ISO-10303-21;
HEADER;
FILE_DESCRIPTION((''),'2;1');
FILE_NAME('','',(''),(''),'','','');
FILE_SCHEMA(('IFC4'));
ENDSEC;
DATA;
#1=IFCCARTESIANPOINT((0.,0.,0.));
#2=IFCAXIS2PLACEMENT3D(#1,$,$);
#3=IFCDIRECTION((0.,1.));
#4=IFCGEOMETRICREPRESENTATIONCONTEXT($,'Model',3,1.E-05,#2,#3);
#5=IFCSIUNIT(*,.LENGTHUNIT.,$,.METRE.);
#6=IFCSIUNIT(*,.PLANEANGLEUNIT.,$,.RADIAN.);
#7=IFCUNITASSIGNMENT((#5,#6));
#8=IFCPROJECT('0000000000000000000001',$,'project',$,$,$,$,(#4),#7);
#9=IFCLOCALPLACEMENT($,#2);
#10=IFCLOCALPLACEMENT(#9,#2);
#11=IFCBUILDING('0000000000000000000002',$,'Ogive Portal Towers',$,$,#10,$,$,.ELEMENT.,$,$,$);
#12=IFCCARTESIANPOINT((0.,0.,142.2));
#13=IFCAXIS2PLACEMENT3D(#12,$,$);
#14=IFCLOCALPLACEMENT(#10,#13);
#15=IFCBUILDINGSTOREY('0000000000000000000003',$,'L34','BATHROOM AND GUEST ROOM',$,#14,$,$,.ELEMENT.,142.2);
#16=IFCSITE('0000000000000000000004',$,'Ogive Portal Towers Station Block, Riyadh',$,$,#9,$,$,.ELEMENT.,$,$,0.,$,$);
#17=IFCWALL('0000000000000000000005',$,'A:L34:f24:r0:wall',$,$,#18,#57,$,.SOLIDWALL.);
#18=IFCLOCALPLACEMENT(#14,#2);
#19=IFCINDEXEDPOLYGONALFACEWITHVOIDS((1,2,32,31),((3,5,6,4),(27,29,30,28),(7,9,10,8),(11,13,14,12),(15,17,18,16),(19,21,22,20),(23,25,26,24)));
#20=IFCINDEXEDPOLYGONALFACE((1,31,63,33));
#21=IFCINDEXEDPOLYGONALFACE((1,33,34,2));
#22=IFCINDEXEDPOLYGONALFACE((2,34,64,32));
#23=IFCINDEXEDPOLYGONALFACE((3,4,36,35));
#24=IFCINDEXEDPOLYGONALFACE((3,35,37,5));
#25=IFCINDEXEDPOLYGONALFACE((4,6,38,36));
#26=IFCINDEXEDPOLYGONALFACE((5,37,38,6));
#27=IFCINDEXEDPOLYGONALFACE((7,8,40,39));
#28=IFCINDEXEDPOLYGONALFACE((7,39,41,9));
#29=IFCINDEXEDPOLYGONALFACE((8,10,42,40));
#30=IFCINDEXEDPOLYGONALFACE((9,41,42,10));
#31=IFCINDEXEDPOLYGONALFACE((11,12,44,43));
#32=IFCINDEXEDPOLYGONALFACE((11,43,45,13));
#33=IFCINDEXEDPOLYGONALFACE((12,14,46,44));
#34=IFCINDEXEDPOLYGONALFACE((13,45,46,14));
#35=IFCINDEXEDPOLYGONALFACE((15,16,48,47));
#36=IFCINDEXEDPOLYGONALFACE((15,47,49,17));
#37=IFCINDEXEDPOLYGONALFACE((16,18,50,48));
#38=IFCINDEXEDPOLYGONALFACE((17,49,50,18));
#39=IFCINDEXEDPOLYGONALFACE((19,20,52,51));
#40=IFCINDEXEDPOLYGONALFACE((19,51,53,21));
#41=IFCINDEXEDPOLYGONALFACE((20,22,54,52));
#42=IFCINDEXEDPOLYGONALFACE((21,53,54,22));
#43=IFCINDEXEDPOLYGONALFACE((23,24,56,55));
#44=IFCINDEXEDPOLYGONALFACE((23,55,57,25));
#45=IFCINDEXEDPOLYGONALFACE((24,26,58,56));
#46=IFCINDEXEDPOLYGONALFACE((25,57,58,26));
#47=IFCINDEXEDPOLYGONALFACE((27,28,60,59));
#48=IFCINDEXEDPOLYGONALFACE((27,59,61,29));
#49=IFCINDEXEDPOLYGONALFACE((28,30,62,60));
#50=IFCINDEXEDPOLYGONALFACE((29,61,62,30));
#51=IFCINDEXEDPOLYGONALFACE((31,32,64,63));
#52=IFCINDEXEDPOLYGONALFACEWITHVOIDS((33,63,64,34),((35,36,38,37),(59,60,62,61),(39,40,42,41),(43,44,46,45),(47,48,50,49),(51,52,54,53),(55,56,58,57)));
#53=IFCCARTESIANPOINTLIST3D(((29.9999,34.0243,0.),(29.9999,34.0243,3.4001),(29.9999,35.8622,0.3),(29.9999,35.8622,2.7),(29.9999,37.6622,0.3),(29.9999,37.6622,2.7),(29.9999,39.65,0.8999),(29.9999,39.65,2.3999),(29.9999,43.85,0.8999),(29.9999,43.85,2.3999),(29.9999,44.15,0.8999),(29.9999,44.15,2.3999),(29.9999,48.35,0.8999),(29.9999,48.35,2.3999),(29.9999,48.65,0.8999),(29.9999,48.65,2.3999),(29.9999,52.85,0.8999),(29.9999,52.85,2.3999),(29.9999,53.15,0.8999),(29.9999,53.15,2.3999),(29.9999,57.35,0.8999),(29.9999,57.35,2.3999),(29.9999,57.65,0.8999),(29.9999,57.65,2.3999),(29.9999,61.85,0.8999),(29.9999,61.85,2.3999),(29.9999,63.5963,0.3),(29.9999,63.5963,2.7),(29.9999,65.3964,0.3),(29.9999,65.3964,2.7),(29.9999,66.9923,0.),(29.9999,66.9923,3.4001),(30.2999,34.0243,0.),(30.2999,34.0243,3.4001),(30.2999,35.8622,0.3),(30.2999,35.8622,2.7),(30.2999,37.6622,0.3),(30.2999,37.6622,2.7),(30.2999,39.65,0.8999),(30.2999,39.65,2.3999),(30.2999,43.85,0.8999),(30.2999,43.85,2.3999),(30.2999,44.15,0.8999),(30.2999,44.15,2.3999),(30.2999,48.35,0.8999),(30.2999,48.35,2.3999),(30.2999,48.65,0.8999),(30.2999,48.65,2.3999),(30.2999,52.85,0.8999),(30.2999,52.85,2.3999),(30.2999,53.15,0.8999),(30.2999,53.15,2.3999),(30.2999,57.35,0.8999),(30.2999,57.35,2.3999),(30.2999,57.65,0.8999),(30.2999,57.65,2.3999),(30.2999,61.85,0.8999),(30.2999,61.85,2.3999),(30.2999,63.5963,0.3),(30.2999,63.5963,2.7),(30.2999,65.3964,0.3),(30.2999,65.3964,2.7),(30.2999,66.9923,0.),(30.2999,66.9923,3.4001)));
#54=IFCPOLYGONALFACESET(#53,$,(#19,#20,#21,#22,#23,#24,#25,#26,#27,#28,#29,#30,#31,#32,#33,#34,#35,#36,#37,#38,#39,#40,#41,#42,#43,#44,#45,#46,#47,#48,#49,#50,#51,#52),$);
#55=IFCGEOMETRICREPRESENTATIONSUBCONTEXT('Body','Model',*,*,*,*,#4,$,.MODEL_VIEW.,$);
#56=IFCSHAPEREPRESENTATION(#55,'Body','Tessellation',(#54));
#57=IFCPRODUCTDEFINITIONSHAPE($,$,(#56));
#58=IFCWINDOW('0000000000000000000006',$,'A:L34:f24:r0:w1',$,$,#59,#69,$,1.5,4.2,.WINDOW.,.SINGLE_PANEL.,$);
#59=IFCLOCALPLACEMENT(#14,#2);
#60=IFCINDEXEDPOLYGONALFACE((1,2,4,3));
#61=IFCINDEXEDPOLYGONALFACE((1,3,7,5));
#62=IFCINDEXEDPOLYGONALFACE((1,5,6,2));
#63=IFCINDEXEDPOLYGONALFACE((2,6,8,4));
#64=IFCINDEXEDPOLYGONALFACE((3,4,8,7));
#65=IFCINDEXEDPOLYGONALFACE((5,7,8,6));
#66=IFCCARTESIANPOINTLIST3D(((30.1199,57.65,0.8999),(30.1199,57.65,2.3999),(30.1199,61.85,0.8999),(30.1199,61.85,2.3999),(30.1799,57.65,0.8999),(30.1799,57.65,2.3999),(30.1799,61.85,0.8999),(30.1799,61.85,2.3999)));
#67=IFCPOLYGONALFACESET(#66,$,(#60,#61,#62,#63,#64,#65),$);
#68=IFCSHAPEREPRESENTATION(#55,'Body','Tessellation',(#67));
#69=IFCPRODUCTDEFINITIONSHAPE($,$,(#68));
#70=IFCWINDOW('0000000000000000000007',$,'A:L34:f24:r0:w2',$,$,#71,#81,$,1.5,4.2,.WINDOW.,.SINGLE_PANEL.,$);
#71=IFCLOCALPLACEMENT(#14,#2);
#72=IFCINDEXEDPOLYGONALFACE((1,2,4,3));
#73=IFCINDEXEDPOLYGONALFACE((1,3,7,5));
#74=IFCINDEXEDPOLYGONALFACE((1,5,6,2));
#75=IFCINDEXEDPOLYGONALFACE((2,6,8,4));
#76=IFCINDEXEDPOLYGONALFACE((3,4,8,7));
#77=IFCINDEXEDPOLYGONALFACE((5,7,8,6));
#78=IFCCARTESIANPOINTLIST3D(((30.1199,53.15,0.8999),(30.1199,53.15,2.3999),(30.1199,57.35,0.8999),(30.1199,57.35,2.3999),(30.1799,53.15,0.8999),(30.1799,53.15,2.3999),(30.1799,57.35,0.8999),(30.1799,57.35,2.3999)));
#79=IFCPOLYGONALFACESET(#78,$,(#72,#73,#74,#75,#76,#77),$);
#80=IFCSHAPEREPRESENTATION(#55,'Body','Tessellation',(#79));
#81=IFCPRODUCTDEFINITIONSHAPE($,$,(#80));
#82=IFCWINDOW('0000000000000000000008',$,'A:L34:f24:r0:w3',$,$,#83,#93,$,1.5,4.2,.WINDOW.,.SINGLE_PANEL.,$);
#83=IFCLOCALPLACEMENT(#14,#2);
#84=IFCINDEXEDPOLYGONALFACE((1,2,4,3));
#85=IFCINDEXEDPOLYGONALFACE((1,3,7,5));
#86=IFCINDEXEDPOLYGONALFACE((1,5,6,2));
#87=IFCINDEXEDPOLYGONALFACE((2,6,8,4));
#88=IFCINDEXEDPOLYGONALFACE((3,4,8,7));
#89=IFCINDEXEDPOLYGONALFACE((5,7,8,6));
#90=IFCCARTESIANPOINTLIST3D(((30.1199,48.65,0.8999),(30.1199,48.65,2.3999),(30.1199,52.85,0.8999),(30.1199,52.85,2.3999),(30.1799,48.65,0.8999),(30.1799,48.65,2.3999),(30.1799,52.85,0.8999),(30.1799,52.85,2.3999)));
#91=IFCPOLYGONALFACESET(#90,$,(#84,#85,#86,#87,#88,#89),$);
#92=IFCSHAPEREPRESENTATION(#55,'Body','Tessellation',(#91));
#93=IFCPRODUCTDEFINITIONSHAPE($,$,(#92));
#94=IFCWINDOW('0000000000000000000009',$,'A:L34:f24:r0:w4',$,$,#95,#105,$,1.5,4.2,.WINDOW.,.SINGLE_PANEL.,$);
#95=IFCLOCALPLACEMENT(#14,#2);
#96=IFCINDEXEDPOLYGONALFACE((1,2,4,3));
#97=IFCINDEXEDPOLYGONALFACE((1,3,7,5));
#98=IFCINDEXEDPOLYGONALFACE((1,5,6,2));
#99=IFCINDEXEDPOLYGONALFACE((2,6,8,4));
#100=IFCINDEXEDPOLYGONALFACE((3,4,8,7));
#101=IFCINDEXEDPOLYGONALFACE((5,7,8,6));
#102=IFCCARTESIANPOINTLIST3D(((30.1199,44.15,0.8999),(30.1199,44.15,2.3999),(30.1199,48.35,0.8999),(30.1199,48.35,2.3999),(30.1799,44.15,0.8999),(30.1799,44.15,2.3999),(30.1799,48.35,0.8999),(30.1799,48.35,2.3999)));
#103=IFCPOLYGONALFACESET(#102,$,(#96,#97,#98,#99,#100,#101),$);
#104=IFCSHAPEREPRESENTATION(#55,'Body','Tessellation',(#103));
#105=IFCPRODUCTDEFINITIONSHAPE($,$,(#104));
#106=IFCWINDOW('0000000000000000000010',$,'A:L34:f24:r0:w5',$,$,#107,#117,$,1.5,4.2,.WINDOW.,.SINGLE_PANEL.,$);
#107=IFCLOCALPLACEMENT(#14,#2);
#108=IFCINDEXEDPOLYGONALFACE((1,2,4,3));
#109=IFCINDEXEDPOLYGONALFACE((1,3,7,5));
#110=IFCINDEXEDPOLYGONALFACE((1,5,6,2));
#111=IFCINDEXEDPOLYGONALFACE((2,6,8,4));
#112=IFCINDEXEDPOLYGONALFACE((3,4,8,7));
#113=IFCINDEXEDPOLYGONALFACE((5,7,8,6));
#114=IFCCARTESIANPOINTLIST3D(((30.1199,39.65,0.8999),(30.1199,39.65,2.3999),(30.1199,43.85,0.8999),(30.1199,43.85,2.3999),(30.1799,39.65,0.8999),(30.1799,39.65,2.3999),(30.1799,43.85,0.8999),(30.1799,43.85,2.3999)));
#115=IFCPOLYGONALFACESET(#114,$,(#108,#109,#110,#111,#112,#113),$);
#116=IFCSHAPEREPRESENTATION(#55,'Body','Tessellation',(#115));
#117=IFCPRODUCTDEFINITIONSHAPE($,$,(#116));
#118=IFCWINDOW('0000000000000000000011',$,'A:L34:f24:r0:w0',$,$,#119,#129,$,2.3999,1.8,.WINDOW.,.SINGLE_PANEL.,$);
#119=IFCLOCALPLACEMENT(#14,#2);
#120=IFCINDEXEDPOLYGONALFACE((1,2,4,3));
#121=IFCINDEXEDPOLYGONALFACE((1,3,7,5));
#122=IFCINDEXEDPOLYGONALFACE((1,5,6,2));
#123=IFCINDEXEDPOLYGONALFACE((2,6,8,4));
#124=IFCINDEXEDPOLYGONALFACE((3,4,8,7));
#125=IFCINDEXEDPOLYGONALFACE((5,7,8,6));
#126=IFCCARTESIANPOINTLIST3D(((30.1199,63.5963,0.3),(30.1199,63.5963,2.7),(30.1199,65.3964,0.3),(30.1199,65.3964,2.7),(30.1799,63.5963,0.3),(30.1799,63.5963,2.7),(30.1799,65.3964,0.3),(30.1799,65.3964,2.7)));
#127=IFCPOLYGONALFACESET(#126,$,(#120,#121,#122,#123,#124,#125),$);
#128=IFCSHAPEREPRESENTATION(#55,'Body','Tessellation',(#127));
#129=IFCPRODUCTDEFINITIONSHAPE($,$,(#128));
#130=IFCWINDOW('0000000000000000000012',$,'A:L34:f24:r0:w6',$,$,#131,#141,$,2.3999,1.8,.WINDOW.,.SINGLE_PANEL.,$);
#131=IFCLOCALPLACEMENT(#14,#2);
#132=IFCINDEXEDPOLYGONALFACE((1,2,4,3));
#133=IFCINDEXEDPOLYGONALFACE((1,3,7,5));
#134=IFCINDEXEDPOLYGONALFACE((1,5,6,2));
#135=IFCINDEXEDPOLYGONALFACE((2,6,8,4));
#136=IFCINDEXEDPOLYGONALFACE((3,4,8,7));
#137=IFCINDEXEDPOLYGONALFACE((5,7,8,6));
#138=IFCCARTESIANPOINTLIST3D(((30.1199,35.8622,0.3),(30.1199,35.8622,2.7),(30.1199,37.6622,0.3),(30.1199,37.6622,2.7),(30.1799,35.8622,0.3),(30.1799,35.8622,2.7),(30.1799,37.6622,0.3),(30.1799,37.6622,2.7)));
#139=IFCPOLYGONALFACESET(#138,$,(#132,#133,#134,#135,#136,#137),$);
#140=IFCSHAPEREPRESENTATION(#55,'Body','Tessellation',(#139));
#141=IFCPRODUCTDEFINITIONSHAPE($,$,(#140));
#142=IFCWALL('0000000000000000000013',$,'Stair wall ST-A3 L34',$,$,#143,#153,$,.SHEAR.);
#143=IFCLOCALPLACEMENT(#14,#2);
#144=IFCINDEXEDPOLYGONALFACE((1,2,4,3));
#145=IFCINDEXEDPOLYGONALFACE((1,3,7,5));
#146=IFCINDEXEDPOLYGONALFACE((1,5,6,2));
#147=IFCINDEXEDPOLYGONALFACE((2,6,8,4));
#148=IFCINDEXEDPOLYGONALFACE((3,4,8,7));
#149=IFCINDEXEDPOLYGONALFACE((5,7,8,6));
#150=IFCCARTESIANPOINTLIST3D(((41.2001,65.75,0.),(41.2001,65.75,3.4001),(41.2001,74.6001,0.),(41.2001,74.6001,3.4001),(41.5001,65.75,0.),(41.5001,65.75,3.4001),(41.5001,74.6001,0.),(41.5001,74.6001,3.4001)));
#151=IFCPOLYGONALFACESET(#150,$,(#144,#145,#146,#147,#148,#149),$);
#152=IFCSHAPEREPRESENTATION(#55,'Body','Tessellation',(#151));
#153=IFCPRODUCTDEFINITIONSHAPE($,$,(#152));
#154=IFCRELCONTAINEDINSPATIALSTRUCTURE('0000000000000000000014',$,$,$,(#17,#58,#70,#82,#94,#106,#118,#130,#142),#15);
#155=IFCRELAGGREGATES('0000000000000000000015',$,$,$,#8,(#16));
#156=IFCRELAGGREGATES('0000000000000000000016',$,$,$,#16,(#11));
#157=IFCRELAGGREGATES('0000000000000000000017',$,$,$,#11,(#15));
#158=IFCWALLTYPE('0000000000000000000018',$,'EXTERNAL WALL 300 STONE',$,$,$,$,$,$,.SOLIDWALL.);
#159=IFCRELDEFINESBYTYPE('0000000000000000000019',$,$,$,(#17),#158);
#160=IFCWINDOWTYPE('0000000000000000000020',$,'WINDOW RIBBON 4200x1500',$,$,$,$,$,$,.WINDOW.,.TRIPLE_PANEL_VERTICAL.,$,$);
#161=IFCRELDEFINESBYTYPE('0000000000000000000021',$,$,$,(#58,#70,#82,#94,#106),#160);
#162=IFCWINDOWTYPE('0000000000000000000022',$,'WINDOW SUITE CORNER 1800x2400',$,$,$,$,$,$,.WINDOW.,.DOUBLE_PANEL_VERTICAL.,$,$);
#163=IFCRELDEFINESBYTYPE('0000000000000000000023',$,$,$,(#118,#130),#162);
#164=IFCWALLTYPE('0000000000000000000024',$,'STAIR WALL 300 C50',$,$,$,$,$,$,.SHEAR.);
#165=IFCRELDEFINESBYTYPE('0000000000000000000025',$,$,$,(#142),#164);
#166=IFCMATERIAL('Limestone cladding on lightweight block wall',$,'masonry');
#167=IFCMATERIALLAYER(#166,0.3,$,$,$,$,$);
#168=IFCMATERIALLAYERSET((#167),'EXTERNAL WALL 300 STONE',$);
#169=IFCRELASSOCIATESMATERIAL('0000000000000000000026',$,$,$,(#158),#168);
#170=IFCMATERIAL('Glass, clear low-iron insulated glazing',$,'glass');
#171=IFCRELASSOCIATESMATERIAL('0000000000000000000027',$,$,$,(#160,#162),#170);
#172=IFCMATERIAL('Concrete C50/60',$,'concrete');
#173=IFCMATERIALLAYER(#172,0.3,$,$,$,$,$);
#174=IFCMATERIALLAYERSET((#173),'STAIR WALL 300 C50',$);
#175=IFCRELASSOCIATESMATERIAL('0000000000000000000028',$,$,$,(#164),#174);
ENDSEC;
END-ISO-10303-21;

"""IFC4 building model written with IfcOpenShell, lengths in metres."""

from ifc_helpers import new_model, si_unit, direction, frame, frame_2d, origin, place, context, subcontext, project, spatial, rectangle, extrude, material, layer, layer_set, type_object, element, fill, save


model = new_model("IFC4")

# Units and contexts
model_context = context("Model", 3, precision=1e-05, world=origin(), true_north=direction((0.0, 1.0)))
body_context = subcontext(model_context, "Body", "Model", "MODEL_VIEW")
ifc_project = project(units=[si_unit("LENGTHUNIT", "METRE"), si_unit("PLANEANGLEUNIT", "RADIAN")], contexts=[model_context])

# Site, building, storey
site_placement = place(None, origin())
site = spatial("IfcSite", under=ifc_project, at=site_placement, Name="Ogive Portal Towers Station Block, Riyadh", CompositionType="ELEMENT", RefElevation=0.0)
building_placement = place(site_placement, origin())
building = spatial("IfcBuilding", under=site, at=building_placement, Name="Ogive Portal Towers", CompositionType="ELEMENT")
storey_placement = place(building_placement, frame((0.0, 0.0, 142.2)))
storey = spatial("IfcBuildingStorey", under=building, at=storey_placement, Name="L34", Description="BATHROOM AND GUEST ROOM", CompositionType="ELEMENT", Elevation=142.2)

# Shared definitions
ifc_material_1 = material(Name="Glass, clear low-iron insulated glazing", Category="glass")

# Wall, openings, windows
ifc_material_2 = material(Name="Limestone cladding on lightweight block wall", Category="masonry")
ifc_layer_1 = layer(ifc_material_2, 0.3)
ifc_layer_set_1 = layer_set([ifc_layer_1], Name="EXTERNAL WALL 300 STONE")
wall_type_1 = type_object("IfcWallType", Name="EXTERNAL WALL 300 STONE", PredefinedType="SOLIDWALL", material=ifc_layer_set_1)
wall_1_placement = place(storey_placement, frame((30.1499, 66.9922, 0.0), z_axis=(0.0, 0.0, 1.0), x_axis=(0.0, -1.0, 0.0)))
wall_1 = element("IfcWall", 1, at=wall_1_placement, inside=storey, type_object=wall_type_1, Name="A:L34:f24:r0:wall", PredefinedType="SOLIDWALL", context=body_context, shape_type="SweptSolid", body=[
    extrude(rectangle(XDim=32.968, YDim=0.3, at=frame_2d((16.4839, 0.0))), origin(), (0.0, 0.0, 1.0), 3.4001),
])
opening_1_placement = place(wall_1_placement, frame((1.5959, 0.0, 0.3)))
opening_1 = element("IfcOpeningElement", 2, at=opening_1_placement, cuts=wall_1, PredefinedType="OPENING", context=body_context, shape_type="SweptSolid", body=[
    extrude(rectangle(XDim=1.8, YDim=2.3999, at=frame_2d((0.8999, 1.2))), frame((0.0, 0.1602, 0.0), z_axis=(0.0, -1.0, 0.0), x_axis=(1.0, 0.0, 0.0)), (0.0, 0.0, 1.0), 0.3201),
])
opening_2_placement = place(wall_1_placement, frame((5.1421, 0.0, 0.8999)))
opening_2 = element("IfcOpeningElement", 3, at=opening_2_placement, cuts=wall_1, PredefinedType="OPENING", context=body_context, shape_type="SweptSolid", body=[
    extrude(rectangle(XDim=4.2, YDim=1.5, at=frame_2d((2.1001, 0.75))), frame((0.0, 0.1602, 0.0), z_axis=(0.0, -1.0, 0.0), x_axis=(1.0, 0.0, 0.0)), (0.0, 0.0, 1.0), 0.3201),
])
opening_3_placement = place(wall_1_placement, frame((9.6421, 0.0, 0.8999)))
opening_3 = element("IfcOpeningElement", 4, at=opening_3_placement, cuts=wall_1, PredefinedType="OPENING", context=body_context, shape_type="SweptSolid", body=[
    extrude(rectangle(XDim=4.2, YDim=1.5, at=frame_2d((2.1001, 0.75))), frame((0.0, 0.1602, 0.0), z_axis=(0.0, -1.0, 0.0), x_axis=(1.0, 0.0, 0.0)), (0.0, 0.0, 1.0), 0.3201),
])
opening_4_placement = place(wall_1_placement, frame((14.1421, 0.0, 0.8999)))
opening_4 = element("IfcOpeningElement", 5, at=opening_4_placement, cuts=wall_1, PredefinedType="OPENING", context=body_context, shape_type="SweptSolid", body=[
    extrude(rectangle(XDim=4.2, YDim=1.5, at=frame_2d((2.1001, 0.75))), frame((0.0, 0.1602, 0.0), z_axis=(0.0, -1.0, 0.0), x_axis=(1.0, 0.0, 0.0)), (0.0, 0.0, 1.0), 0.3201),
])
opening_5_placement = place(wall_1_placement, frame((18.6421, 0.0, 0.8999)))
opening_5 = element("IfcOpeningElement", 6, at=opening_5_placement, cuts=wall_1, PredefinedType="OPENING", context=body_context, shape_type="SweptSolid", body=[
    extrude(rectangle(XDim=4.2, YDim=1.5, at=frame_2d((2.1001, 0.75))), frame((0.0, 0.1602, 0.0), z_axis=(0.0, -1.0, 0.0), x_axis=(1.0, 0.0, 0.0)), (0.0, 0.0, 1.0), 0.3201),
])
opening_6_placement = place(wall_1_placement, frame((23.1421, 0.0, 0.8999)))
opening_6 = element("IfcOpeningElement", 7, at=opening_6_placement, cuts=wall_1, PredefinedType="OPENING", context=body_context, shape_type="SweptSolid", body=[
    extrude(rectangle(XDim=4.2, YDim=1.5, at=frame_2d((2.1001, 0.75))), frame((0.0, 0.1602, 0.0), z_axis=(0.0, -1.0, 0.0), x_axis=(1.0, 0.0, 0.0)), (0.0, 0.0, 1.0), 0.3201),
])
opening_7_placement = place(wall_1_placement, frame((29.3301, 0.0, 0.3)))
opening_7 = element("IfcOpeningElement", 8, at=opening_7_placement, cuts=wall_1, PredefinedType="OPENING", context=body_context, shape_type="SweptSolid", body=[
    extrude(rectangle(XDim=1.8, YDim=2.3999, at=frame_2d((0.8999, 1.2))), frame((0.0, 0.1602, 0.0), z_axis=(0.0, -1.0, 0.0), x_axis=(1.0, 0.0, 0.0)), (0.0, 0.0, 1.0), 0.3201),
])
window_type_1 = type_object("IfcWindowType", Name="WINDOW RIBBON 4200x1500", PartitioningType="TRIPLE_PANEL_VERTICAL", PredefinedType="WINDOW", material=ifc_material_1)
window_1_placement = place(opening_2_placement, origin())
window_1 = element("IfcWindow", 9, at=window_1_placement, inside=storey, type_object=window_type_1, Name="A:L34:f24:r0:w1", OverallHeight=1.5, OverallWidth=4.2, PartitioningType="SINGLE_PANEL", PredefinedType="WINDOW", context=body_context, shape_type="SweptSolid", body=[
    extrude(rectangle(XDim=4.2, YDim=1.5, at=frame_2d((2.1001, 0.75))), frame((0.0, 0.03, 0.0), z_axis=(0.0, -1.0, 0.0), x_axis=(1.0, 0.0, 0.0)), (0.0, 0.0, 1.0), 0.0601),
])
fill(opening_2, window_1)
window_2_placement = place(opening_3_placement, origin())
window_2 = element("IfcWindow", 10, at=window_2_placement, inside=storey, type_object=window_type_1, Name="A:L34:f24:r0:w2", OverallHeight=1.5, OverallWidth=4.2, PartitioningType="SINGLE_PANEL", PredefinedType="WINDOW", context=body_context, shape_type="SweptSolid", body=[
    extrude(rectangle(XDim=4.2, YDim=1.5, at=frame_2d((2.1001, 0.75))), frame((0.0, 0.03, 0.0), z_axis=(0.0, -1.0, 0.0), x_axis=(1.0, 0.0, 0.0)), (0.0, 0.0, 1.0), 0.0601),
])
fill(opening_3, window_2)
window_3_placement = place(opening_4_placement, origin())
window_3 = element("IfcWindow", 11, at=window_3_placement, inside=storey, type_object=window_type_1, Name="A:L34:f24:r0:w3", OverallHeight=1.5, OverallWidth=4.2, PartitioningType="SINGLE_PANEL", PredefinedType="WINDOW", context=body_context, shape_type="SweptSolid", body=[
    extrude(rectangle(XDim=4.2, YDim=1.5, at=frame_2d((2.1001, 0.75))), frame((0.0, 0.03, 0.0), z_axis=(0.0, -1.0, 0.0), x_axis=(1.0, 0.0, 0.0)), (0.0, 0.0, 1.0), 0.0601),
])
fill(opening_4, window_3)
window_4_placement = place(opening_5_placement, origin())
window_4 = element("IfcWindow", 12, at=window_4_placement, inside=storey, type_object=window_type_1, Name="A:L34:f24:r0:w4", OverallHeight=1.5, OverallWidth=4.2, PartitioningType="SINGLE_PANEL", PredefinedType="WINDOW", context=body_context, shape_type="SweptSolid", body=[
    extrude(rectangle(XDim=4.2, YDim=1.5, at=frame_2d((2.1001, 0.75))), frame((0.0, 0.03, 0.0), z_axis=(0.0, -1.0, 0.0), x_axis=(1.0, 0.0, 0.0)), (0.0, 0.0, 1.0), 0.0601),
])
fill(opening_5, window_4)
window_5_placement = place(opening_6_placement, origin())
window_5 = element("IfcWindow", 13, at=window_5_placement, inside=storey, type_object=window_type_1, Name="A:L34:f24:r0:w5", OverallHeight=1.5, OverallWidth=4.2, PartitioningType="SINGLE_PANEL", PredefinedType="WINDOW", context=body_context, shape_type="SweptSolid", body=[
    extrude(rectangle(XDim=4.2, YDim=1.5, at=frame_2d((2.1001, 0.75))), frame((0.0, 0.03, 0.0), z_axis=(0.0, -1.0, 0.0), x_axis=(1.0, 0.0, 0.0)), (0.0, 0.0, 1.0), 0.0601),
])
fill(opening_6, window_5)
window_type_2 = type_object("IfcWindowType", Name="WINDOW SUITE CORNER 1800x2400", PartitioningType="DOUBLE_PANEL_VERTICAL", PredefinedType="WINDOW", material=ifc_material_1)
window_6_placement = place(opening_1_placement, origin())
window_6 = element("IfcWindow", 14, at=window_6_placement, inside=storey, type_object=window_type_2, Name="A:L34:f24:r0:w0", OverallHeight=2.3999, OverallWidth=1.8, PartitioningType="SINGLE_PANEL", PredefinedType="WINDOW", context=body_context, shape_type="SweptSolid", body=[
    extrude(rectangle(XDim=1.8, YDim=2.3999, at=frame_2d((0.8999, 1.2))), frame((0.0, 0.03, 0.0), z_axis=(0.0, -1.0, 0.0), x_axis=(1.0, 0.0, 0.0)), (0.0, 0.0, 1.0), 0.0601),
])
fill(opening_1, window_6)
window_7_placement = place(opening_7_placement, origin())
window_7 = element("IfcWindow", 15, at=window_7_placement, inside=storey, type_object=window_type_2, Name="A:L34:f24:r0:w6", OverallHeight=2.3999, OverallWidth=1.8, PartitioningType="SINGLE_PANEL", PredefinedType="WINDOW", context=body_context, shape_type="SweptSolid", body=[
    extrude(rectangle(XDim=1.8, YDim=2.3999, at=frame_2d((0.8999, 1.2))), frame((0.0, 0.03, 0.0), z_axis=(0.0, -1.0, 0.0), x_axis=(1.0, 0.0, 0.0)), (0.0, 0.0, 1.0), 0.0601),
])
fill(opening_7, window_7)

# Wall
ifc_material_3 = material(Name="Concrete C50/60", Category="concrete")
ifc_layer_2 = layer(ifc_material_3, 0.3)
ifc_layer_set_2 = layer_set([ifc_layer_2], Name="STAIR WALL 300 C50")
wall_type_2 = type_object("IfcWallType", Name="STAIR WALL 300 C50", PredefinedType="SHEAR", material=ifc_layer_set_2)
wall_2_placement = place(storey_placement, frame((41.3501, 65.75, 0.0), z_axis=(0.0, 0.0, 1.0), x_axis=(0.0, 1.0, 0.0)))
element("IfcWall", 16, at=wall_2_placement, inside=storey, type_object=wall_type_2, Name="Stair wall ST-A3 L34", PredefinedType="SHEAR", context=body_context, shape_type="SweptSolid", body=[
    extrude(rectangle(XDim=8.8501, YDim=0.3, at=frame_2d((4.425, 0.0))), origin(), (0.0, 0.0, 1.0), 3.4001),
])

save(model, "model.ifc")
